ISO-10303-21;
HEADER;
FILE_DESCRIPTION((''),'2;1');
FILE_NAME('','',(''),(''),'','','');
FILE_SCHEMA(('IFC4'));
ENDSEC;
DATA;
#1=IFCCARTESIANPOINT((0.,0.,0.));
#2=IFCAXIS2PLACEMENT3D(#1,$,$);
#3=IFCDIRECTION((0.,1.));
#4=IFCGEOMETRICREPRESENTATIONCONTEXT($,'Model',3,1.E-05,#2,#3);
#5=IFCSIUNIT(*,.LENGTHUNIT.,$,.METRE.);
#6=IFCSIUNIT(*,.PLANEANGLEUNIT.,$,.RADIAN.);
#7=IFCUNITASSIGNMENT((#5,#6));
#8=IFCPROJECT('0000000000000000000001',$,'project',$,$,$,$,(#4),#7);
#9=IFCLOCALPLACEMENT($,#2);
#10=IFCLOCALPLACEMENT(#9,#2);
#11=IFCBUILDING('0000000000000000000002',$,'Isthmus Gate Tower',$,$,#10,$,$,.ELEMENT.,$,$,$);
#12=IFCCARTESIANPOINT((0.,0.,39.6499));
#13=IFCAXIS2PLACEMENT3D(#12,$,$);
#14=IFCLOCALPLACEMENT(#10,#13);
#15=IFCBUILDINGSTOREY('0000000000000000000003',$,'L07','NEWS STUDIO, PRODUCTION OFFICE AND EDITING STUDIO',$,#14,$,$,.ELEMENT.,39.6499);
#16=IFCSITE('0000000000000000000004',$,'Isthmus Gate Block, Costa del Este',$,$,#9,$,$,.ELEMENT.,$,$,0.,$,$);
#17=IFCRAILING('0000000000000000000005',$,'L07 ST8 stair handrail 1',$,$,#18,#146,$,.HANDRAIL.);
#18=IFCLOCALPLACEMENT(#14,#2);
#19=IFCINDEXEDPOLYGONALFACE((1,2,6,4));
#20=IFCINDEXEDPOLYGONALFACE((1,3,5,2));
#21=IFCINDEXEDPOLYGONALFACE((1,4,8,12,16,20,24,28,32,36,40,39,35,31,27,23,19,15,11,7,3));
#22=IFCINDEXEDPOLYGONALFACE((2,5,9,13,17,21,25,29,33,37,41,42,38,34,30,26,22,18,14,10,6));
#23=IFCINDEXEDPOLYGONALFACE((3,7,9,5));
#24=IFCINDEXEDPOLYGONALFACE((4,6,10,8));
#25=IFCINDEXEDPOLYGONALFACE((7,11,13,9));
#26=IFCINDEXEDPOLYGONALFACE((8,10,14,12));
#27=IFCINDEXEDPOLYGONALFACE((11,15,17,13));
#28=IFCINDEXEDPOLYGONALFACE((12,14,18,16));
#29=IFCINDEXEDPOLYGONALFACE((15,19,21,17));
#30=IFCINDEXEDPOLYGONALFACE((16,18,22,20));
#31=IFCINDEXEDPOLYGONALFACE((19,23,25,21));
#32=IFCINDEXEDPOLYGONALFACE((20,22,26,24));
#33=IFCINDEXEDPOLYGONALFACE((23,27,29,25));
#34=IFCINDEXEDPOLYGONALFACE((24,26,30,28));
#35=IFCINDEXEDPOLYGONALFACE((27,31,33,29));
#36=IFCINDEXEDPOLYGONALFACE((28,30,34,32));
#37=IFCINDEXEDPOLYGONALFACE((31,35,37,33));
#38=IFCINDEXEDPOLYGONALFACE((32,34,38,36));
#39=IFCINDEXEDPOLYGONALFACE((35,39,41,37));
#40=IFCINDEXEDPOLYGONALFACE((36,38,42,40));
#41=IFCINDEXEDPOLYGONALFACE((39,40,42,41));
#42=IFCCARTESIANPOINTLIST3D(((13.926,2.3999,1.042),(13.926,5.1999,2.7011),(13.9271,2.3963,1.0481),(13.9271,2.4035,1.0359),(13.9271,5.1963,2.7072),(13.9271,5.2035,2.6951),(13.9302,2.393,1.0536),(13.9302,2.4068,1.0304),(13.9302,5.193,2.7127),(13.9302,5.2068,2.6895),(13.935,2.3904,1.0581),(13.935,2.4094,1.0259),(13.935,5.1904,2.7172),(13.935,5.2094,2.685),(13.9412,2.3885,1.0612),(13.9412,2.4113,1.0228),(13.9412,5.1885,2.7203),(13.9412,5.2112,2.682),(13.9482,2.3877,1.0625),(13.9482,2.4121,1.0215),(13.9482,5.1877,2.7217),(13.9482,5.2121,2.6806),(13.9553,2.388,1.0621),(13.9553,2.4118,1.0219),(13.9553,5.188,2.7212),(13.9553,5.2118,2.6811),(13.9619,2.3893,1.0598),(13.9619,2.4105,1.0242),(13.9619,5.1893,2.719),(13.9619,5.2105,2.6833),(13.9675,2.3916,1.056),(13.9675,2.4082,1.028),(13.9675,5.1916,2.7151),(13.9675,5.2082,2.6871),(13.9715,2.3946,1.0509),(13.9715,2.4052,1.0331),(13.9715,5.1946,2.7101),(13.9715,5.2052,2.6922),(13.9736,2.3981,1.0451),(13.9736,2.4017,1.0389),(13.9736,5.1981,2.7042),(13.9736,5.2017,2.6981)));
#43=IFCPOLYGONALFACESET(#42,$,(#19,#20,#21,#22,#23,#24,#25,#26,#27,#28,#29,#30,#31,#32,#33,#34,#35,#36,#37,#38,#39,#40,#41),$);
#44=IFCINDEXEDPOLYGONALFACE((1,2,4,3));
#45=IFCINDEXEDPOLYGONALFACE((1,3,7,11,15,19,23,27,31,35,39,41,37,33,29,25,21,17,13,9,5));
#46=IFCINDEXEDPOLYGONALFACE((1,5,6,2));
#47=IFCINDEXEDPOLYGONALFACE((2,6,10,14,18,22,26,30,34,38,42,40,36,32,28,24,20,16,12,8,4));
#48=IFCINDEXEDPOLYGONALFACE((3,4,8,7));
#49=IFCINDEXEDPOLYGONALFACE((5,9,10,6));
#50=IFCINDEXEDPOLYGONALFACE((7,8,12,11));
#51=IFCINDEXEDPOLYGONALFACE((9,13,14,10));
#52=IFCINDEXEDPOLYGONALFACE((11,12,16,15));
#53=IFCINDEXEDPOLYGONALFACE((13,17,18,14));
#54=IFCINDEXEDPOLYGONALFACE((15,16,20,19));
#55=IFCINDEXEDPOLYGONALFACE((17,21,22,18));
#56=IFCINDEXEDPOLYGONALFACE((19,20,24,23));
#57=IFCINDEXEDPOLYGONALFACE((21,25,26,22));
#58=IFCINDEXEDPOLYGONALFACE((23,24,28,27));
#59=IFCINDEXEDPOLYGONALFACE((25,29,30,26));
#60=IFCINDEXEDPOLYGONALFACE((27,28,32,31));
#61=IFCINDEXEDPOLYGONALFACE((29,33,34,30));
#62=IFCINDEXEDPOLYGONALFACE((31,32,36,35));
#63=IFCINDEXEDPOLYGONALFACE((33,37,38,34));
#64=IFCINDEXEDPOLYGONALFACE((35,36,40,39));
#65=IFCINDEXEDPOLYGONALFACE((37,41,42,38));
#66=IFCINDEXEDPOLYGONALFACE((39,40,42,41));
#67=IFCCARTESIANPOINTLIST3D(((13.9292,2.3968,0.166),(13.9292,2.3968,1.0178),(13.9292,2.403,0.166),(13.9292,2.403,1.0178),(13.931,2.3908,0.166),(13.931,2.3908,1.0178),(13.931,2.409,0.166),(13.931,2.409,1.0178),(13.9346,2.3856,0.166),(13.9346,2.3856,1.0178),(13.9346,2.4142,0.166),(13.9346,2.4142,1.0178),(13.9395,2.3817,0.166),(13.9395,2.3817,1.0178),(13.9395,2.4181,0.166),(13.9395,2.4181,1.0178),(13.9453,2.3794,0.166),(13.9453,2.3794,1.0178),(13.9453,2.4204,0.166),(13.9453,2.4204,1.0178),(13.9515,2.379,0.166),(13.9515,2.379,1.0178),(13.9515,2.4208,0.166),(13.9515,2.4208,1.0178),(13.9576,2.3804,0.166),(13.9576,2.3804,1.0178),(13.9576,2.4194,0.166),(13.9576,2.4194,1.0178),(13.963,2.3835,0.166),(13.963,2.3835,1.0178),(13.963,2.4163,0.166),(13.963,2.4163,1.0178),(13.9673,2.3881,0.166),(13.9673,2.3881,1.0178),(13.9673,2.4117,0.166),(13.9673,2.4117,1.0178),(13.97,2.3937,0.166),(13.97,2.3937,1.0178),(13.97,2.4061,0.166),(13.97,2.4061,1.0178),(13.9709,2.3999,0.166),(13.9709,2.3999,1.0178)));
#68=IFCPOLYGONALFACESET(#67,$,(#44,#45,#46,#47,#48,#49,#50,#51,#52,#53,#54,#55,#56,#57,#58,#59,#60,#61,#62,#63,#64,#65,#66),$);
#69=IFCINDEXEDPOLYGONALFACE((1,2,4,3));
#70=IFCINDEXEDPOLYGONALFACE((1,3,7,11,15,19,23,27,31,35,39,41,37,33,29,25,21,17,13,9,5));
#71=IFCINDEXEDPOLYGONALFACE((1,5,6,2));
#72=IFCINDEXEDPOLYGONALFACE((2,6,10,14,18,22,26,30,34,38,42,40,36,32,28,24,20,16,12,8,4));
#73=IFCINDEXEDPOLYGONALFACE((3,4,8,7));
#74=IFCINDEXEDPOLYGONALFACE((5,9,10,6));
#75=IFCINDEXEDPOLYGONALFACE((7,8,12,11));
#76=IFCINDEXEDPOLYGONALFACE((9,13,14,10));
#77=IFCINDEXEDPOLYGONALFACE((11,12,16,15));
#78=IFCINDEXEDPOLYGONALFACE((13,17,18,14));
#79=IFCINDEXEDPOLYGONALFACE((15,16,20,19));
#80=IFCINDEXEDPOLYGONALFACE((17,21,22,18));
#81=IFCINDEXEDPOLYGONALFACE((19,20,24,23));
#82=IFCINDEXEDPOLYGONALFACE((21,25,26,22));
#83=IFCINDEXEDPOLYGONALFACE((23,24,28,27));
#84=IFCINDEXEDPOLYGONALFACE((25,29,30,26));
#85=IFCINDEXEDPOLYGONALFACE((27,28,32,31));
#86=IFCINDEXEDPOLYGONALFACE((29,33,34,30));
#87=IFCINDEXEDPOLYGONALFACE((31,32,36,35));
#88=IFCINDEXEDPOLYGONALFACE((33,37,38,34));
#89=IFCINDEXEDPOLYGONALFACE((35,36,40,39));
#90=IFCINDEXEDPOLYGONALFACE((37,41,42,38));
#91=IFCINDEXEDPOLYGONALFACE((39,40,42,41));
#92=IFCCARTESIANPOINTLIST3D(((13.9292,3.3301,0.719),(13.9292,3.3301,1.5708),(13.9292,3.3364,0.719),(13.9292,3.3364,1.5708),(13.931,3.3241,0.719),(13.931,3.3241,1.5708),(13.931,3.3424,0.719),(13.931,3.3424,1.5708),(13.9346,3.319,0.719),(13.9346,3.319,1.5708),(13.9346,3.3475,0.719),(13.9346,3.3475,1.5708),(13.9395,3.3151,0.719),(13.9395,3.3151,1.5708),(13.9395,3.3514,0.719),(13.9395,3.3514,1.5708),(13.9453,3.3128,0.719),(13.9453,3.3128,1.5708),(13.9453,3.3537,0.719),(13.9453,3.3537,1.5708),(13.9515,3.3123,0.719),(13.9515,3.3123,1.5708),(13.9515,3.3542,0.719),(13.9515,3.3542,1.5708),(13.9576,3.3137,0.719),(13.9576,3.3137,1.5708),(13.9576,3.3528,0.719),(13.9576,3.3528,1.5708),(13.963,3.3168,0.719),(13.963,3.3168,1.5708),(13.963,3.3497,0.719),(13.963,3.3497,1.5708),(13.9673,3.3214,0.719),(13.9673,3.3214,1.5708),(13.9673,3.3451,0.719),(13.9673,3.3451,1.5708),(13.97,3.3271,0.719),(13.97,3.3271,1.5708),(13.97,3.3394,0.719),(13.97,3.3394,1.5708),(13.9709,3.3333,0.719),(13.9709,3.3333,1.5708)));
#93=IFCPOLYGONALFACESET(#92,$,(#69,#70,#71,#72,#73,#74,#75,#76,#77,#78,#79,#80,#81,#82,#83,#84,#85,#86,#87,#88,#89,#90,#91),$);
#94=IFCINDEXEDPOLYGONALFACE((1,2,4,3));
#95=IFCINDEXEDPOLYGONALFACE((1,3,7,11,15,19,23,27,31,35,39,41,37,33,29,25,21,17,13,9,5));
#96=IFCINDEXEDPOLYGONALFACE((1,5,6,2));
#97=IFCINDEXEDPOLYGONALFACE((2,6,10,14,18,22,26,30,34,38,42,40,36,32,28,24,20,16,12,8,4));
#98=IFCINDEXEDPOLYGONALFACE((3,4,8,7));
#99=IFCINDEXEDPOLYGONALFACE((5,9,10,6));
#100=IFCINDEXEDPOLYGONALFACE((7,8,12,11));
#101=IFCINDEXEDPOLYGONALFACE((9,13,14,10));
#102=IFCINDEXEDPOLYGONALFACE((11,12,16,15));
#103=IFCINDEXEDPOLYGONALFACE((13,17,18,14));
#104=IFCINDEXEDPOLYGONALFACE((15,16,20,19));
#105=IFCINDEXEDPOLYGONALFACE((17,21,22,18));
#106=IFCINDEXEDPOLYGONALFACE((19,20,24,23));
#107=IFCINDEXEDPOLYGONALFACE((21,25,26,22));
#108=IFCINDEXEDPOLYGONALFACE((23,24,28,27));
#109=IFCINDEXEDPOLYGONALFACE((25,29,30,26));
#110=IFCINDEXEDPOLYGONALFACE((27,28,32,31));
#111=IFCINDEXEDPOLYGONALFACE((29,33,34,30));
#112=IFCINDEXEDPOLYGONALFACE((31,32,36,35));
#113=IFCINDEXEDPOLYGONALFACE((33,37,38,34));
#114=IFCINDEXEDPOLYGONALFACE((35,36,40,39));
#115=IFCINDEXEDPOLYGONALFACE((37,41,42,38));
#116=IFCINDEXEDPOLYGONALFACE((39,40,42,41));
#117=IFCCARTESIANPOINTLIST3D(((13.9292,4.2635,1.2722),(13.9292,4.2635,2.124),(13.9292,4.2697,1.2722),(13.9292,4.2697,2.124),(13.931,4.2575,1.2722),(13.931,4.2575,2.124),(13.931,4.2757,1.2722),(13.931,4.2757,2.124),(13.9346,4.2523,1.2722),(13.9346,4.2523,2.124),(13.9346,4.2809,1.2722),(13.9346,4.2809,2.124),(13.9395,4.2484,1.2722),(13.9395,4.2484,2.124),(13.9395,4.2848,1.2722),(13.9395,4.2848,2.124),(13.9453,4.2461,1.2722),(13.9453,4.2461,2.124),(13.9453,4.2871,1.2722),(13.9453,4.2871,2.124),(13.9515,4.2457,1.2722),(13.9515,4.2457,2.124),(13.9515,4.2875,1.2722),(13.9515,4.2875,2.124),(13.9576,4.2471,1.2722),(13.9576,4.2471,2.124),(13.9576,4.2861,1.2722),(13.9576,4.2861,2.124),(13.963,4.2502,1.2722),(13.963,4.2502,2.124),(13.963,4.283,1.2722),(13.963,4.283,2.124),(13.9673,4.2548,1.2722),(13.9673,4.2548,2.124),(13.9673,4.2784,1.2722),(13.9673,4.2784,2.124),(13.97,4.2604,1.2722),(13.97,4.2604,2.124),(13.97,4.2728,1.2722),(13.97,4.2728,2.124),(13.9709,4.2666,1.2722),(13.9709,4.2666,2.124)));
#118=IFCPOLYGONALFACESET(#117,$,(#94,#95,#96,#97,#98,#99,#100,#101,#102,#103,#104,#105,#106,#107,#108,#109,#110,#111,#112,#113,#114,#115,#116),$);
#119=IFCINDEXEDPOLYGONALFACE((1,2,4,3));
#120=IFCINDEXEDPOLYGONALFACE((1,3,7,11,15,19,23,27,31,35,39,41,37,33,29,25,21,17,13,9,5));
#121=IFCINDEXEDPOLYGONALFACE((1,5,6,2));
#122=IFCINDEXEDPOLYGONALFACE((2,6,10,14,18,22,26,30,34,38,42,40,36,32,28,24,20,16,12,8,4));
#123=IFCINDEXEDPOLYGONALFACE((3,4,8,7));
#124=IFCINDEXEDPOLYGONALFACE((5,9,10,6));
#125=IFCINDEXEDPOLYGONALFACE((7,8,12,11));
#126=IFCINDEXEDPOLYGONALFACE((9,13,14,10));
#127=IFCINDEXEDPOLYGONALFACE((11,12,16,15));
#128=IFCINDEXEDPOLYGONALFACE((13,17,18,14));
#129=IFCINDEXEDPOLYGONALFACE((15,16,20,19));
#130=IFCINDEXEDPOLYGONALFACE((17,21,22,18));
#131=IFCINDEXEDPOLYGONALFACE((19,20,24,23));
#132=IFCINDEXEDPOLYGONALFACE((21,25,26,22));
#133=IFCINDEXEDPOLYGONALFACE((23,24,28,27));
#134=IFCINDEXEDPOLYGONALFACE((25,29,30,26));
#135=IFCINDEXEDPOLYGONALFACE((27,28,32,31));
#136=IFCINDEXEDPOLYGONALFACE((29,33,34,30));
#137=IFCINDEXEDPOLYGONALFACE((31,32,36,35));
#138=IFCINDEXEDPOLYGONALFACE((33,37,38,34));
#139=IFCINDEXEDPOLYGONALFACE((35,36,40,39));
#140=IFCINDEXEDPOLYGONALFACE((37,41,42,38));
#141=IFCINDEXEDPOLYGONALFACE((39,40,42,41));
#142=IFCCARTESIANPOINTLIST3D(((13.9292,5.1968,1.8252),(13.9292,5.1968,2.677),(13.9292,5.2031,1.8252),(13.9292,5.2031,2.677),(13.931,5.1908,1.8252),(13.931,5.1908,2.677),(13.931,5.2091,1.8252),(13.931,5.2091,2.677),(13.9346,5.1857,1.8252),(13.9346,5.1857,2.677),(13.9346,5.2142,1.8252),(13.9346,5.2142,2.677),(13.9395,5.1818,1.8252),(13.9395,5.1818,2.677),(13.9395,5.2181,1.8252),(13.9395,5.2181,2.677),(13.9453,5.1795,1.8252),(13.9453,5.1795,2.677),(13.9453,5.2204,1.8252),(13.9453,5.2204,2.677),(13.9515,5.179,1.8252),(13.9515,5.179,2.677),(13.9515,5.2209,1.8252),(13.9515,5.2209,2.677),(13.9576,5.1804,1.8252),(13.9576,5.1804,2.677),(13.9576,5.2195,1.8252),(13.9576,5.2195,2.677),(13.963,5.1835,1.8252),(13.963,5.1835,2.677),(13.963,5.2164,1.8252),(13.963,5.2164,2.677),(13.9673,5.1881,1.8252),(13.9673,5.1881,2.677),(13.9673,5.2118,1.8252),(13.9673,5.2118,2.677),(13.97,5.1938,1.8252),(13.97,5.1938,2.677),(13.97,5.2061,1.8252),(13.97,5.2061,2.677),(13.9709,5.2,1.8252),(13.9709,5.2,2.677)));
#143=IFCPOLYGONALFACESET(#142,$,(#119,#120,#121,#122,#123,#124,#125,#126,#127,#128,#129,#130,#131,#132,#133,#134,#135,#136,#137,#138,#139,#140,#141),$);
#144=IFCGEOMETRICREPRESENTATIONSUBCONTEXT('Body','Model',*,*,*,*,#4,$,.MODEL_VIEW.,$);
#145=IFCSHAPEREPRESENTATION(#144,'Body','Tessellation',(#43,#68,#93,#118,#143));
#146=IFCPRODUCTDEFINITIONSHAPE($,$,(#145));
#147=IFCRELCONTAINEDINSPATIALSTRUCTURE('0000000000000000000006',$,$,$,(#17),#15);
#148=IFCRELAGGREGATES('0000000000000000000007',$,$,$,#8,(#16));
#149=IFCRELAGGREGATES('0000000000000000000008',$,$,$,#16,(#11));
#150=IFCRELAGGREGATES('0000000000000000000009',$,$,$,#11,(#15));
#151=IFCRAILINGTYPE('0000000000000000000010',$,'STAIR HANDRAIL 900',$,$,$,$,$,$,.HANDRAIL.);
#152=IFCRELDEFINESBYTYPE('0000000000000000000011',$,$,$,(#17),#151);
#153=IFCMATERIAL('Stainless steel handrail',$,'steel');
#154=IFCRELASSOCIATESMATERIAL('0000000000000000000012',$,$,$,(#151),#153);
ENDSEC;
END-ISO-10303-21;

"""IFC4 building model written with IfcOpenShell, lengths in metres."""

from ifc_helpers import new_model, si_unit, direction, frame, origin, origin_2d, place, context, subcontext, project, spatial, circle, extrude, material, type_object, element, save


model = new_model("IFC4")

# Units and contexts
model_context = context("Model", 3, precision=1e-05, world=origin(), true_north=direction((0.0, 1.0)))
body_context = subcontext(model_context, "Body", "Model", "MODEL_VIEW")
ifc_project = project(units=[si_unit("LENGTHUNIT", "METRE"), si_unit("PLANEANGLEUNIT", "RADIAN")], contexts=[model_context])

# Site, building, storey
site_placement = place(None, origin())
site = spatial("IfcSite", under=ifc_project, at=site_placement, Name="Isthmus Gate Block, Costa del Este", CompositionType="ELEMENT", RefElevation=0.0)
building_placement = place(site_placement, origin())
building = spatial("IfcBuilding", under=site, at=building_placement, Name="Isthmus Gate Tower", CompositionType="ELEMENT")
storey_placement = place(building_placement, frame((0.0, 0.0, 39.6499)))
storey = spatial("IfcBuildingStorey", under=building, at=storey_placement, Name="L07", Description="NEWS STUDIO, PRODUCTION OFFICE AND EDITING STUDIO", CompositionType="ELEMENT", Elevation=39.6499)

# Railing
ifc_material_1 = material(Name="Stainless steel handrail", Category="steel")
railing_type_1 = type_object("IfcRailingType", Name="STAIR HANDRAIL 900", PredefinedType="HANDRAIL", material=ifc_material_1)
railing_1_placement = place(storey_placement, frame((13.95, 2.3999, 0.166)))
element("IfcRailing", 1, at=railing_1_placement, inside=storey, type_object=railing_type_1, Name="L07 ST8 stair handrail 1", PredefinedType="HANDRAIL", context=body_context, shape_type="SweptSolid", body=[
    extrude(circle(Radius=0.0239, at=origin_2d()), frame((0.0, 0.0, 0.876), z_axis=(0.0, 0.860306, 0.509778), x_axis=(-1.0, 0.0, 0.0)), (0.0, 0.0, 1.0), 3.2546),
    extrude(circle(Radius=0.021, at=origin_2d()), origin(), (0.0, 0.0, 1.0), 0.8518),
    extrude(circle(Radius=0.021, at=origin_2d()), frame((0.0, 0.9333, 0.553)), (0.0, 0.0, 1.0), 0.8518),
    extrude(circle(Radius=0.021, at=origin_2d()), frame((0.0, 1.8667, 1.1062)), (0.0, 0.0, 1.0), 0.8518),
    extrude(circle(Radius=0.021, at=origin_2d()), frame((0.0, 2.8, 1.6592)), (0.0, 0.0, 1.0), 0.8518),
])

save(model, "model.ifc")
